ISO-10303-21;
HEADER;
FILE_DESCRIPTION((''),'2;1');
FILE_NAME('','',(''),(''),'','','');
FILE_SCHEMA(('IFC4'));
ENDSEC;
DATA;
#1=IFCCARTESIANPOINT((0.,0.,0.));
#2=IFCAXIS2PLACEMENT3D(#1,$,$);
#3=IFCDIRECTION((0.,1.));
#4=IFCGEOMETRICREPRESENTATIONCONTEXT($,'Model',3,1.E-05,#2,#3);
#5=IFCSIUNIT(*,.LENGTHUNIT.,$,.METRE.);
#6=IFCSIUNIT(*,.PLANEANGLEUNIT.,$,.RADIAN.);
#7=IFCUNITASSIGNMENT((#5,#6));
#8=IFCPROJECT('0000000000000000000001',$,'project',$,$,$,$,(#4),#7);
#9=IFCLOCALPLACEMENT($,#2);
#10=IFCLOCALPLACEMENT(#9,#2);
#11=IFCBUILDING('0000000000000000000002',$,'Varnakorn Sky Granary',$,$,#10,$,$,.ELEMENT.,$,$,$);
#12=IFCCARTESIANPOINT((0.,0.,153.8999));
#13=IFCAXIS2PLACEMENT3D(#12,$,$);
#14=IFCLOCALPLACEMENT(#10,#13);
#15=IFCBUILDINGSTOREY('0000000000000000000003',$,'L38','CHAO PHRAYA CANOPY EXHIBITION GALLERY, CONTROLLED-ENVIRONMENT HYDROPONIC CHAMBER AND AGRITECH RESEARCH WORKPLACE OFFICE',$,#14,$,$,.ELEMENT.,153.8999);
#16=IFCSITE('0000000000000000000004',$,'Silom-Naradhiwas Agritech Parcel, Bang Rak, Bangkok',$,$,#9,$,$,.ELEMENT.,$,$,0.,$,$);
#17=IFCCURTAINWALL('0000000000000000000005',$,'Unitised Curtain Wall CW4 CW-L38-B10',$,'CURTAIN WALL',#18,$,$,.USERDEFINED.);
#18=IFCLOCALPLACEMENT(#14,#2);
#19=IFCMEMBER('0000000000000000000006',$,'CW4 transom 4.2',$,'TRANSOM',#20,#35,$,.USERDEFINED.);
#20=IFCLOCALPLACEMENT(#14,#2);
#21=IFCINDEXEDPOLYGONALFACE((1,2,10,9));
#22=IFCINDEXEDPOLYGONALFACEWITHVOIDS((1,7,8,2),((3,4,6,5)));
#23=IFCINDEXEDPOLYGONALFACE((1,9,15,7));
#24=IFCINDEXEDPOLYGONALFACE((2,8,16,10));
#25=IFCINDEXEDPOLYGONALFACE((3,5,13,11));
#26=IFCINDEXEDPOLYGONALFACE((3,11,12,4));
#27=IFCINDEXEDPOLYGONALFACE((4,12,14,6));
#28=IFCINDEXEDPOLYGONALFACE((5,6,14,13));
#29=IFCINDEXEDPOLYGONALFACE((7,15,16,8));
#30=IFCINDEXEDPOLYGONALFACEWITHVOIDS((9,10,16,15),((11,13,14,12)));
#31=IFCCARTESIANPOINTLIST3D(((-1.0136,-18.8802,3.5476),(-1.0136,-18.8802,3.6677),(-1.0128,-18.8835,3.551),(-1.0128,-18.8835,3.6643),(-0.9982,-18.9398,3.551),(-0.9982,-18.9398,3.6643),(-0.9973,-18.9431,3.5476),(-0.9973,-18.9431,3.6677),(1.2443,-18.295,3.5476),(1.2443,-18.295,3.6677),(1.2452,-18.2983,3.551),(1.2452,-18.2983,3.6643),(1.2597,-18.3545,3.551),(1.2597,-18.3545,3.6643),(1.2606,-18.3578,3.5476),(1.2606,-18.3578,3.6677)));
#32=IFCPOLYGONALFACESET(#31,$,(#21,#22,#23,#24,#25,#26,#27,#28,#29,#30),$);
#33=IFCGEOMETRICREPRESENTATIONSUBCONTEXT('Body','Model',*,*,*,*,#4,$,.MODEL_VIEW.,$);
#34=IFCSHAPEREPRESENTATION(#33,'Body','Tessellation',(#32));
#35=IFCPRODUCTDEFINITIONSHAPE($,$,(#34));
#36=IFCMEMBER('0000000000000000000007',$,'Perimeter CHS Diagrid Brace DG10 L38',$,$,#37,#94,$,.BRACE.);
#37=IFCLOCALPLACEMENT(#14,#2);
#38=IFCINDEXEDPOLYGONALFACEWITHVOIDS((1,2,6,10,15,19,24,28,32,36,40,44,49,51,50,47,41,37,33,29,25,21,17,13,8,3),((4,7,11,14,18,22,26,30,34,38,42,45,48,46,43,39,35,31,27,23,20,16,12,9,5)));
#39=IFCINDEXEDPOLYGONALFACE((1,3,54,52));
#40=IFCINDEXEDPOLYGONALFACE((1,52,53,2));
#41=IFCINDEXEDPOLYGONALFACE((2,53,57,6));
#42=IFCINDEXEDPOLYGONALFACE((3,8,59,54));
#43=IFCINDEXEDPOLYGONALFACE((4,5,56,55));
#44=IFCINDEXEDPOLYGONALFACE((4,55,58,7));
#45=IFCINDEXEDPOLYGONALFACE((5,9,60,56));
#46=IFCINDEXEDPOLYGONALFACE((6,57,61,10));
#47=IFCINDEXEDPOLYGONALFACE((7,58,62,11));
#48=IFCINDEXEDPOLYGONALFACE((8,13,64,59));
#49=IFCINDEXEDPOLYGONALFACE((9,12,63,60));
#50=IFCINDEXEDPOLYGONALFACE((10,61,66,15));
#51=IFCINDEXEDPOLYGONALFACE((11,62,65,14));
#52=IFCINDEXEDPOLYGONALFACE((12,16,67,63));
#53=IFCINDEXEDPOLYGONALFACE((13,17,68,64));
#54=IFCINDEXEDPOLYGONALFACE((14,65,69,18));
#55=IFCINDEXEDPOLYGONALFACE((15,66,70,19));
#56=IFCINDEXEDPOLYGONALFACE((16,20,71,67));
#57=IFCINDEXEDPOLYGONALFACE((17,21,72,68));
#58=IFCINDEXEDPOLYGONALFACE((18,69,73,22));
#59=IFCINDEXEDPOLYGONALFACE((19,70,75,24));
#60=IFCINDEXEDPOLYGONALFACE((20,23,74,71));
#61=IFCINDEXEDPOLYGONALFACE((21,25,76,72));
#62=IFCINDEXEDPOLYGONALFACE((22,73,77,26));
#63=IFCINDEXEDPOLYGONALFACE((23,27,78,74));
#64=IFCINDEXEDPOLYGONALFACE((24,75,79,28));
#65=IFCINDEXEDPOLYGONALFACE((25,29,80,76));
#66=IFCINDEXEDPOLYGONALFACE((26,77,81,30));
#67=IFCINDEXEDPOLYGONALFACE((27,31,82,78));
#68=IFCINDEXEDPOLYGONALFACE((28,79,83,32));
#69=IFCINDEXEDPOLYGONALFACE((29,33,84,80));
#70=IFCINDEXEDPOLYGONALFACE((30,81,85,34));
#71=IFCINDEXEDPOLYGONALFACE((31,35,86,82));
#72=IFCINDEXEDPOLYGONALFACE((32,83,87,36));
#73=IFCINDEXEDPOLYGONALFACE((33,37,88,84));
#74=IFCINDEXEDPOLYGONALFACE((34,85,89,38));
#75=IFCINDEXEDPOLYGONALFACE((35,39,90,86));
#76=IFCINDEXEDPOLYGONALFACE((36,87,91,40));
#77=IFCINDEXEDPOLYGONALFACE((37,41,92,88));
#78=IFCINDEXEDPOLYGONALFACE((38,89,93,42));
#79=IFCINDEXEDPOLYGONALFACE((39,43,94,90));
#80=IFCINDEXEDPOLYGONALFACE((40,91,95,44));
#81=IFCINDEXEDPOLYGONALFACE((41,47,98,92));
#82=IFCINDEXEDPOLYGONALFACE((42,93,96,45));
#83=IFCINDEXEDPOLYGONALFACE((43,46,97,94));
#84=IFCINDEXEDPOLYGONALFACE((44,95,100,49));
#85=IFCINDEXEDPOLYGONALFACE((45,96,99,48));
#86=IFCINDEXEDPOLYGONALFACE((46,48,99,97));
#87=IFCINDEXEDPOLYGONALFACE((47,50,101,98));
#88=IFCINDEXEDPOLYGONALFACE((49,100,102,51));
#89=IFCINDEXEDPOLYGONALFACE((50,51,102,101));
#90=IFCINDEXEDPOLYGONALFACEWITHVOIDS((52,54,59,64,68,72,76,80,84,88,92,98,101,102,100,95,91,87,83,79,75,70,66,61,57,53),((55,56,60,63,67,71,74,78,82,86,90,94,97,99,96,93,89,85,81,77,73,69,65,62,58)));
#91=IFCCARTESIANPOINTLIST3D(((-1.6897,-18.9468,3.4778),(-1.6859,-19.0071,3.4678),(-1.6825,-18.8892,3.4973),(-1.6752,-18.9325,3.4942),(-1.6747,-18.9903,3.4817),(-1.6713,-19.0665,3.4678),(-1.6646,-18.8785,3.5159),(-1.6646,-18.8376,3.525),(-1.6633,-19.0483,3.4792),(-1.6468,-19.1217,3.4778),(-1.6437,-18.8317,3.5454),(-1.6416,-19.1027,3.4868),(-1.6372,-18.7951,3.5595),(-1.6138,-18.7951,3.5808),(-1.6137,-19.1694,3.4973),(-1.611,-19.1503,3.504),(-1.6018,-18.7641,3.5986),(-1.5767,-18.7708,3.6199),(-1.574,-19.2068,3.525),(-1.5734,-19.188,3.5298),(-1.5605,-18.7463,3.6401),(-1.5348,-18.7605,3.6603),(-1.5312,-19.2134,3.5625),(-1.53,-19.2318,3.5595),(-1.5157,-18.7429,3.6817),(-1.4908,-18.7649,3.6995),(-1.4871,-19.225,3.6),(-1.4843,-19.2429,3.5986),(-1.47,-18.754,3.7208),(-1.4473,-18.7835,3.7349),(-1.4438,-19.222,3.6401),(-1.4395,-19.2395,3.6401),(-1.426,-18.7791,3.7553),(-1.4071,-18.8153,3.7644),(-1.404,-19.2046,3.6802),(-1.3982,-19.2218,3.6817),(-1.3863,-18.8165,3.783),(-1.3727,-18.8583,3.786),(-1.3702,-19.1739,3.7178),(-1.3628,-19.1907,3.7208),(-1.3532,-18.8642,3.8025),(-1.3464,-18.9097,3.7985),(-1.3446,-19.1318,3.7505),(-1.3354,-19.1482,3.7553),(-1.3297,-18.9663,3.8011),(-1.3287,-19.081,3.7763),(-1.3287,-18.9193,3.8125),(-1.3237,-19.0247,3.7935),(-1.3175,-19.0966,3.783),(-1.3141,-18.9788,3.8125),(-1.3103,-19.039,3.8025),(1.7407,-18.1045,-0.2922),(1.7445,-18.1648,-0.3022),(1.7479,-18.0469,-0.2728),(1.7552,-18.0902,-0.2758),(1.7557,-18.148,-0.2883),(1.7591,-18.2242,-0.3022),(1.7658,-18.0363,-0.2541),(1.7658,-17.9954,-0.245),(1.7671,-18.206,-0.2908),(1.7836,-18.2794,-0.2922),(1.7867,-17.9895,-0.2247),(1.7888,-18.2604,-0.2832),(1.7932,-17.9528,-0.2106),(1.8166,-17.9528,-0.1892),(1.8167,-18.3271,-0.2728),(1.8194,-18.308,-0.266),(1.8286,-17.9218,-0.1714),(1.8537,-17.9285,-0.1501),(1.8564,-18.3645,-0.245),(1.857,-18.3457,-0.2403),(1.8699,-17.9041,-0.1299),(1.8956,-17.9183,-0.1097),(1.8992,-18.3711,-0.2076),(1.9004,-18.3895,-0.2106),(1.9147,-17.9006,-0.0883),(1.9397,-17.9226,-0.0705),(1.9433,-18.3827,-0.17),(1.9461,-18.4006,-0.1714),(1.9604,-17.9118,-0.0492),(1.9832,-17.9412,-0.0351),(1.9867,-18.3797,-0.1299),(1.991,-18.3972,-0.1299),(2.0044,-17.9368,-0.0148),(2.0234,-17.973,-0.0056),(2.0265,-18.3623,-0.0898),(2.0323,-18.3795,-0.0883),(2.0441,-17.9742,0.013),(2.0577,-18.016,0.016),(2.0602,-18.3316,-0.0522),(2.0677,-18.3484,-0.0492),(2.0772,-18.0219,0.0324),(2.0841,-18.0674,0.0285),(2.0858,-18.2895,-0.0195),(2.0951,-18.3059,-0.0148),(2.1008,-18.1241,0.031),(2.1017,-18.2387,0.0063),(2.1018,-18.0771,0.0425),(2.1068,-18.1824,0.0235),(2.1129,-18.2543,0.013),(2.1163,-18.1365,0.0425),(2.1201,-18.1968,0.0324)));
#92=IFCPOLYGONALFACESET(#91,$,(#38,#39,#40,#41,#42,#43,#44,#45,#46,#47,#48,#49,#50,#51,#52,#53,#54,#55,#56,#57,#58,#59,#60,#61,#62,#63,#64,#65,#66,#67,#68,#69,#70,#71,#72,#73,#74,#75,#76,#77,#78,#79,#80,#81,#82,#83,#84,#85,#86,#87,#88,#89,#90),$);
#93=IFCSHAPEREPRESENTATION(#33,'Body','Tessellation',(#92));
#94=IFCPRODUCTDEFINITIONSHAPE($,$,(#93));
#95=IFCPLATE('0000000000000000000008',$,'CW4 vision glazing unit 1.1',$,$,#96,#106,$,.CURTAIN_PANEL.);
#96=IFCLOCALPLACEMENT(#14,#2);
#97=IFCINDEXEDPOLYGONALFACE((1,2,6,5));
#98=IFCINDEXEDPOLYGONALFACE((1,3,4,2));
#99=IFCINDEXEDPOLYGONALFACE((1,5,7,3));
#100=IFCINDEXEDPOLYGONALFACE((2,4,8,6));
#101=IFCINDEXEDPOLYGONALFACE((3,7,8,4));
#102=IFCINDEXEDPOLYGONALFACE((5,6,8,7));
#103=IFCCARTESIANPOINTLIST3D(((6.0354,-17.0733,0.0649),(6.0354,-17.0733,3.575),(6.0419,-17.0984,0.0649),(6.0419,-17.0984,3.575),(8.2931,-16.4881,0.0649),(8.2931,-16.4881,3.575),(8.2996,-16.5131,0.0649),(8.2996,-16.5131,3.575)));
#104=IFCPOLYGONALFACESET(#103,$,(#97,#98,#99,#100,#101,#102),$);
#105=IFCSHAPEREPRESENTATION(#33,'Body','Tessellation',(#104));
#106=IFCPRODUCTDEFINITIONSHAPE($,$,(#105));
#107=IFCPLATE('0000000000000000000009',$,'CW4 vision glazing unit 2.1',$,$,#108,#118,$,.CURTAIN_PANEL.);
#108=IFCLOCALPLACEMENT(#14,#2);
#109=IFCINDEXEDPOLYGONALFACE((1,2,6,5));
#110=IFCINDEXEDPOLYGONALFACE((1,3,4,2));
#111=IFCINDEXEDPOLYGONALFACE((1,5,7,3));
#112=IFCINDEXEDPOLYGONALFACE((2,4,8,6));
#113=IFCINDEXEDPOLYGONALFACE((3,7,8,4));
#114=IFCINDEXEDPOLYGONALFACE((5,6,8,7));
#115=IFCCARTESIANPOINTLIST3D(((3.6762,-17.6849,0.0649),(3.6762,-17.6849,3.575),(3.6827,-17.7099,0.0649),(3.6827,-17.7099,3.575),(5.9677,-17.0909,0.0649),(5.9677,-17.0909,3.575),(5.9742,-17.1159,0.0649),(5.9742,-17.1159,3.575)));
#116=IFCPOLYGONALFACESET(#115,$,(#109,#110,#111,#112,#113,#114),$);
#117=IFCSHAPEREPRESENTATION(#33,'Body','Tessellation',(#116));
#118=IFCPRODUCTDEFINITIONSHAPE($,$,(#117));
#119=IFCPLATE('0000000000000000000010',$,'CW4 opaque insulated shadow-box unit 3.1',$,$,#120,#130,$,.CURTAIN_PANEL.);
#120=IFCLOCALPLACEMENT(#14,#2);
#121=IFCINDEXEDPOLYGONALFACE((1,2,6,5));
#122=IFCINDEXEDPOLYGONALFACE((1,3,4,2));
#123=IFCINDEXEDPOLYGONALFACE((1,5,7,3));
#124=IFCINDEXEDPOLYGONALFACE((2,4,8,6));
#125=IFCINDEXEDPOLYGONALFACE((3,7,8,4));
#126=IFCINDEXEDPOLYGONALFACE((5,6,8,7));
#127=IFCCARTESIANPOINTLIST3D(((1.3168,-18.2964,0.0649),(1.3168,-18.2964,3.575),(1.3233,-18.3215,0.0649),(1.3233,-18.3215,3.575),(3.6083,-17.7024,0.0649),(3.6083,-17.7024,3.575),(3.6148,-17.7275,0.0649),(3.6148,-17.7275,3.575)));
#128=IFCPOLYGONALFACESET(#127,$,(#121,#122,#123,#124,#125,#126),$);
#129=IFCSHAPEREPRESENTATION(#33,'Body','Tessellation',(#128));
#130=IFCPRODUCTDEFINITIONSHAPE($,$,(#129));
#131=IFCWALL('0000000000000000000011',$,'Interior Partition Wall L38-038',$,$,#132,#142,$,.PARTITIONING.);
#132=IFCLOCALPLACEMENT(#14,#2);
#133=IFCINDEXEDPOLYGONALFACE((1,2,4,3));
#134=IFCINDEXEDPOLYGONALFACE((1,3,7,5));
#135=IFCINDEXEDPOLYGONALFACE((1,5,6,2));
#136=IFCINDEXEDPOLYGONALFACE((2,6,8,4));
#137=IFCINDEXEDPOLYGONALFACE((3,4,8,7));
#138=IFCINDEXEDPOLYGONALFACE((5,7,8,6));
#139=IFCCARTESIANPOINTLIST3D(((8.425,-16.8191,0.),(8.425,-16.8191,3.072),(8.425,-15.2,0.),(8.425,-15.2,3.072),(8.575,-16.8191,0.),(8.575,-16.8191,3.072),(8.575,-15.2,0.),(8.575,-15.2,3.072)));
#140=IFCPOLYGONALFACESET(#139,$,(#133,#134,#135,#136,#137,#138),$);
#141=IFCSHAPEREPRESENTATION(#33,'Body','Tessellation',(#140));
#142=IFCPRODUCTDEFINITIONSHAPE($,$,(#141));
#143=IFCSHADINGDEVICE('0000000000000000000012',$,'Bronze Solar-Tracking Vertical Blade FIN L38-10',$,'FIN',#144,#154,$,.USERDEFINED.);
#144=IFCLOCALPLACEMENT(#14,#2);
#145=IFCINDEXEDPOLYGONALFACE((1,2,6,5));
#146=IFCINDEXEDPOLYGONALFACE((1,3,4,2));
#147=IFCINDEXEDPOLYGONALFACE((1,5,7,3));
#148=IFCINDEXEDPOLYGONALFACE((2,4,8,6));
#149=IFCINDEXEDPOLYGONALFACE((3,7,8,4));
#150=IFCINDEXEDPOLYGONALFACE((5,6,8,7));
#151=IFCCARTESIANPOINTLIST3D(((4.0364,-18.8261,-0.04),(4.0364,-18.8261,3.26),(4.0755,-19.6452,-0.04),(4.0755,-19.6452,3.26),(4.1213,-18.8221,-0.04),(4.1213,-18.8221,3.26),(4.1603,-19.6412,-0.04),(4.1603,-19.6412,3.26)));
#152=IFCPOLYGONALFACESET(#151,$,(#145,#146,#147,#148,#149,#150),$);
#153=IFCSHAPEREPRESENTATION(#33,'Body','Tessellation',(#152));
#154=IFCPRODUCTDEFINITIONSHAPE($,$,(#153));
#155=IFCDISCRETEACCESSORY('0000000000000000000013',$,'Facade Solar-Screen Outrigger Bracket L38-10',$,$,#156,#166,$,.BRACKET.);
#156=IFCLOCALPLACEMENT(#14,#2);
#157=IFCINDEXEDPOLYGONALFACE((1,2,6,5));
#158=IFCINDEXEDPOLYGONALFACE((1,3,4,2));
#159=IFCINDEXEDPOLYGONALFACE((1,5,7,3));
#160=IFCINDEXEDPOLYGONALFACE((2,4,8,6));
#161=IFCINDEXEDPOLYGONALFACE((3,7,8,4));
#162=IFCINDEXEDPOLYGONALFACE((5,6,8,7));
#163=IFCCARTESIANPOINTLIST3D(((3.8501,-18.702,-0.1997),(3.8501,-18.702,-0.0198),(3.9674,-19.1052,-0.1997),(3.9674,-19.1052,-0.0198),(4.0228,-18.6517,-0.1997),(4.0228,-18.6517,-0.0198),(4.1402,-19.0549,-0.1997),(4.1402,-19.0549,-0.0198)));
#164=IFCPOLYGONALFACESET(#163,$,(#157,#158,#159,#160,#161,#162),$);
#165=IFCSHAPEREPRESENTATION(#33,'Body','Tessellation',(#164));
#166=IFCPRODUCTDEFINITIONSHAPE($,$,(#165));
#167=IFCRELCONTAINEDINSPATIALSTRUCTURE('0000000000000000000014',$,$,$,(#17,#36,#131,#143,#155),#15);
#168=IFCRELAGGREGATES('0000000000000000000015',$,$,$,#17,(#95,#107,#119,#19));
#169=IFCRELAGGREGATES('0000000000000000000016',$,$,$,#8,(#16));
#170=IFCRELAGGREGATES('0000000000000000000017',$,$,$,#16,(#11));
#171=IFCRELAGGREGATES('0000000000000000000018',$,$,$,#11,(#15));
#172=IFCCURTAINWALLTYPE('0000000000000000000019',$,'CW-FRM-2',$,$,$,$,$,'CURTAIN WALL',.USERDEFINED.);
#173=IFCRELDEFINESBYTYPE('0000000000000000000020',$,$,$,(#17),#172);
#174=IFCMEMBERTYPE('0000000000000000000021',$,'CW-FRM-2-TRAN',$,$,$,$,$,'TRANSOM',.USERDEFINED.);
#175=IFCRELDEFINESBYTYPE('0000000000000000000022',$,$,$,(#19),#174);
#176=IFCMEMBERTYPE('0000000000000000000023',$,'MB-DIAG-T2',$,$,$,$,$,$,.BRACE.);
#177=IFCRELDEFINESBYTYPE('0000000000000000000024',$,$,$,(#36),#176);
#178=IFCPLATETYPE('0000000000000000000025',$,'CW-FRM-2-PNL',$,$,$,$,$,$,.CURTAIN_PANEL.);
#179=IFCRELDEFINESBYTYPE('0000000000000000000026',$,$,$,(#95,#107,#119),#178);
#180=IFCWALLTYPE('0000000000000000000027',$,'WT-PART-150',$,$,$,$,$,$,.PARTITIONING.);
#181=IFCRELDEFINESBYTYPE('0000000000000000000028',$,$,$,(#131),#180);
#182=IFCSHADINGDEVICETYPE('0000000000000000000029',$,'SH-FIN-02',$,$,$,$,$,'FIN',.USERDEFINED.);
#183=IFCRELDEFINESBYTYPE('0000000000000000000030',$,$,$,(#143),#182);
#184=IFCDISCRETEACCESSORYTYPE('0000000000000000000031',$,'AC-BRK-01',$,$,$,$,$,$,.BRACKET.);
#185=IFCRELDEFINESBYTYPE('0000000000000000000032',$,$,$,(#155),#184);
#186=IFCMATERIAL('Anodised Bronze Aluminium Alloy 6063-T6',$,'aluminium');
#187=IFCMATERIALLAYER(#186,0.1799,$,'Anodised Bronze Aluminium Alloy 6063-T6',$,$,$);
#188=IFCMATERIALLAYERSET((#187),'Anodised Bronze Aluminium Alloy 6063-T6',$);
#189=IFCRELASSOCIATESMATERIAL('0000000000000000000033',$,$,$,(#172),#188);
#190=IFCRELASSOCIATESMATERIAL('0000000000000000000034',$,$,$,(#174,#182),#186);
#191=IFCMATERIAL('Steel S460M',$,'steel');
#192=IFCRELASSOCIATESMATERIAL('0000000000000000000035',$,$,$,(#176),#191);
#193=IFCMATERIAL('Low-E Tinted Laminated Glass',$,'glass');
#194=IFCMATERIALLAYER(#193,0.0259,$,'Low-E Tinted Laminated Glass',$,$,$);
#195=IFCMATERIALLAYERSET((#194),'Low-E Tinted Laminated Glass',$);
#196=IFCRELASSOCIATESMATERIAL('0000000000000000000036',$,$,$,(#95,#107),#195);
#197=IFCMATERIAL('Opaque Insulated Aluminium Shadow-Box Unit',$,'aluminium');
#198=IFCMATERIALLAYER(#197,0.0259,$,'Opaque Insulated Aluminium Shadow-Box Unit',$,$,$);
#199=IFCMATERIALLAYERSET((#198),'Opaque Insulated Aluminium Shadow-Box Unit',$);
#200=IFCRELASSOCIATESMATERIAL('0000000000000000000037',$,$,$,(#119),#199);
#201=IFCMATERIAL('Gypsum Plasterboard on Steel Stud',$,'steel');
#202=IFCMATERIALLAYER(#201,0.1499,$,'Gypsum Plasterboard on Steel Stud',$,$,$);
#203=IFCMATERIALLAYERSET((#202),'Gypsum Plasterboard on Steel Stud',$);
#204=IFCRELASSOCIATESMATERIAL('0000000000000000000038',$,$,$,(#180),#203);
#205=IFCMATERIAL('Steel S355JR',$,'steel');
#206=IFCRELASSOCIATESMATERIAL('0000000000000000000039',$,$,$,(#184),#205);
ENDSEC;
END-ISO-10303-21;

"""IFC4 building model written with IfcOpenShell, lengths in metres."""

from ifc_helpers import new_model, si_unit, direction, frame, frame_2d, origin, origin_2d, place, context, subcontext, project, spatial, rectangle, hollow_rectangle, hollow_circle, extrude, source, transform, mapped, material, layer, layer_set, material_profile, profile_set, type_object, type_shapes, element, aggregate, save


model = new_model("IFC4")

# Units and contexts
model_context = context("Model", 3, precision=1e-05, world=origin(), true_north=direction((0.0, 1.0)))
body_context = subcontext(model_context, "Body", "Model", "MODEL_VIEW")
ifc_project = project(units=[si_unit("LENGTHUNIT", "METRE"), si_unit("PLANEANGLEUNIT", "RADIAN")], contexts=[model_context])

# Site, building, storey
site_placement = place(None, origin())
site = spatial("IfcSite", under=ifc_project, at=site_placement, Name="Silom-Naradhiwas Agritech Parcel, Bang Rak, Bangkok", CompositionType="ELEMENT", RefElevation=0.0)
building_placement = place(site_placement, origin())
building = spatial("IfcBuilding", under=site, at=building_placement, Name="Varnakorn Sky Granary", CompositionType="ELEMENT")
storey_placement = place(building_placement, frame((0.0, 0.0, 153.8999)))
storey = spatial("IfcBuildingStorey", under=building, at=storey_placement, Name="L38", Description="CHAO PHRAYA CANOPY EXHIBITION GALLERY, CONTROLLED-ENVIRONMENT HYDROPONIC CHAMBER AND AGRITECH RESEARCH WORKPLACE OFFICE", CompositionType="ELEMENT", Elevation=153.8999)

# Curtain wall, member
ifc_material_1 = material(Name="Anodised Bronze Aluminium Alloy 6063-T6", Category="aluminium")
ifc_layer_1 = layer(ifc_material_1, 0.1799, Name="Anodised Bronze Aluminium Alloy 6063-T6")
ifc_layer_set_1 = layer_set([ifc_layer_1], Name="Anodised Bronze Aluminium Alloy 6063-T6")
curtain_wall_type = type_object("IfcCurtainWallType", Name="CW-FRM-2", ElementType="CURTAIN WALL", PredefinedType="USERDEFINED", material=ifc_layer_set_1)
curtain_wall_placement = place(storey_placement, origin())
curtain_wall = element("IfcCurtainWall", 1, at=curtain_wall_placement, inside=storey, type_object=curtain_wall_type, Name="Unitised Curtain Wall CW4 CW-L38-B10", ObjectType="CURTAIN WALL", PredefinedType="USERDEFINED")
ifc_material_profile_1 = material_profile(ifc_material_1, hollow_rectangle(XDim=0.0649, YDim=0.1201, WallThickness=0.0034, at=origin_2d()), Name="ALU TRAN 65x120")
ifc_profile_set_1 = profile_set([ifc_material_profile_1], Name="Anodised Bronze Aluminium Alloy 6063-T6")
member_type_1 = type_object("IfcMemberType", Name="CW-FRM-2-TRAN", ElementType="TRANSOM", PredefinedType="USERDEFINED", material=ifc_profile_set_1)
member_1_placement = place(storey_placement, frame((1.2524, -18.3264, 3.6077), z_axis=(-0.968013, -0.2509, 0.0), x_axis=(0.2509, -0.968013, 0.0)))
member_1 = element("IfcMember", 2, at=member_1_placement, type_object=member_type_1, Name="CW4 transom 4.2", ObjectType="TRANSOM", PredefinedType="USERDEFINED", context=body_context, shape_type="SweptSolid", body=[
    extrude(hollow_rectangle(XDim=0.0649, YDim=0.1201, WallThickness=0.0034, at=origin_2d()), origin(), (0.0, 0.0, 1.0), 2.3325),
])

# Member
ifc_material_2 = material(Name="Steel S460M", Category="steel")
ifc_material_profile_2 = material_profile(ifc_material_2, hollow_circle(Radius=0.2539, WallThickness=0.0181, at=origin_2d()), Name="CHS 508x18")
ifc_profile_set_2 = profile_set([ifc_material_profile_2], Name="Steel S460M")
member_type_2 = type_object("IfcMemberType", Name="MB-DIAG-T2", PredefinedType="BRACE", material=ifc_profile_set_2)
member_2_placement = place(storey_placement, frame((1.9304, -18.1506, -0.1299), z_axis=(-0.664004, -0.163036, 0.729738), x_axis=(0.238452, -0.971154, 0.0)))
element("IfcMember", 3, at=member_2_placement, inside=storey, type_object=member_type_2, Name="Perimeter CHS Diagrid Brace DG10 L38", PredefinedType="BRACE", context=body_context, shape_type="SweptSolid", body=[
    extrude(hollow_circle(Radius=0.2539, WallThickness=0.0181, at=origin_2d()), origin(), (0.0, 0.0, 1.0), 5.1663),
])

# Plates
ifc_material_3 = material(Name="Low-E Tinted Laminated Glass", Category="glass")
ifc_layer_2 = layer(ifc_material_3, 0.0259, Name="Low-E Tinted Laminated Glass")
ifc_layer_set_2 = layer_set([ifc_layer_2], Name="Low-E Tinted Laminated Glass")
plate_type = type_object("IfcPlateType", Name="CW-FRM-2-PNL", PredefinedType="CURTAIN_PANEL")
shared_shape_1 = source(origin(), body_context, "Body", "SweptSolid", [
    extrude(rectangle(XDim=2.3323, YDim=0.0259, at=origin_2d()), origin(), (0.0, 0.0, 1.0), 3.51),
])
plate_1_placement = place(storey_placement, frame((7.1675, -16.7932, 0.0649), z_axis=(0.0, 0.0, 1.0), x_axis=(-0.968004, -0.250935, 0.0)))
plate_1 = element("IfcPlate", 4, at=plate_1_placement, type_object=plate_type, material=ifc_layer_set_2, Name="CW4 vision glazing unit 1.1", PredefinedType="CURTAIN_PANEL", context=body_context, shape_type="MappedRepresentation", body=[
    mapped(shared_shape_1, transform((0.0, 0.0, 0.0), x_axis=(1.0, 0.0, 0.0), y_axis=(0.0, 1.0, 0.0), z_axis=(0.0, 0.0, 1.0), scale=1.0)),
])
shared_shape_2 = source(origin(), body_context, "Body", "SweptSolid", [
    extrude(rectangle(XDim=2.3672, YDim=0.0259, at=origin_2d()), origin(), (0.0, 0.0, 1.0), 3.51),
])
type_shapes(plate_type, [shared_shape_1, shared_shape_2])
plate_2_placement = place(storey_placement, frame((4.8252, -17.4004, 0.0649), z_axis=(0.0, 0.0, 1.0), x_axis=(-0.968004, -0.250935, 0.0)))
plate_2 = element("IfcPlate", 5, at=plate_2_placement, type_object=plate_type, material=ifc_layer_set_2, Name="CW4 vision glazing unit 2.1", PredefinedType="CURTAIN_PANEL", context=body_context, shape_type="MappedRepresentation", body=[
    mapped(shared_shape_2, transform((0.0, 0.0, 0.0), x_axis=(1.0, 0.0, 0.0), y_axis=(0.0, 1.0, 0.0), z_axis=(0.0, 0.0, 1.0), scale=1.0)),
])
ifc_material_4 = material(Name="Opaque Insulated Aluminium Shadow-Box Unit", Category="aluminium")
ifc_layer_3 = layer(ifc_material_4, 0.0259, Name="Opaque Insulated Aluminium Shadow-Box Unit")
ifc_layer_set_3 = layer_set([ifc_layer_3], Name="Opaque Insulated Aluminium Shadow-Box Unit")
plate_3_placement = place(storey_placement, frame((2.4658, -18.012, 0.0649), z_axis=(0.0, 0.0, 1.0), x_axis=(-0.968004, -0.250935, 0.0)))
plate_3 = element("IfcPlate", 6, at=plate_3_placement, type_object=plate_type, material=ifc_layer_set_3, Name="CW4 opaque insulated shadow-box unit 3.1", PredefinedType="CURTAIN_PANEL", context=body_context, shape_type="MappedRepresentation", body=[
    mapped(shared_shape_2, transform((0.0, 0.0, 0.0), x_axis=(1.0, 0.0, 0.0), y_axis=(0.0, 1.0, 0.0), z_axis=(0.0, 0.0, 1.0), scale=1.0)),
])
aggregate(curtain_wall, [plate_1, plate_2, plate_3, member_1])

# Wall
ifc_material_5 = material(Name="Gypsum Plasterboard on Steel Stud", Category="steel")
ifc_layer_4 = layer(ifc_material_5, 0.1499, Name="Gypsum Plasterboard on Steel Stud")
ifc_layer_set_4 = layer_set([ifc_layer_4], Name="Gypsum Plasterboard on Steel Stud")
wall_type = type_object("IfcWallType", Name="WT-PART-150", PredefinedType="PARTITIONING", material=ifc_layer_set_4)
wall_placement = place(storey_placement, frame((8.5, -15.2, 0.0), z_axis=(0.0, 0.0, 1.0), x_axis=(0.0, -1.0, 0.0)))
element("IfcWall", 7, at=wall_placement, inside=storey, type_object=wall_type, Name="Interior Partition Wall L38-038", PredefinedType="PARTITIONING", context=body_context, shape_type="SweptSolid", body=[
    extrude(rectangle(XDim=1.6191, YDim=0.1499, at=frame_2d((0.8096, 0.0))), origin(), (0.0, 0.0, 1.0), 3.072),
])

# Shading device
shading_device_type = type_object("IfcShadingDeviceType", Name="SH-FIN-02", ElementType="FIN", PredefinedType="USERDEFINED", material=ifc_material_1)
shared_shape_3 = source(origin(), body_context, "Body", "SweptSolid", [
    extrude(rectangle(XDim=0.085, YDim=0.8201, at=origin_2d()), origin(), (0.0, 0.0, 1.0), 3.3),
])
type_shapes(shading_device_type, [shared_shape_3])
shading_device_placement = place(storey_placement, frame((4.0984, -19.2336, -0.04), z_axis=(0.0, 0.0, 1.0), x_axis=(0.998866, 0.04761, 0.0)))
element("IfcShadingDevice", 8, at=shading_device_placement, inside=storey, type_object=shading_device_type, Name="Bronze Solar-Tracking Vertical Blade FIN L38-10", ObjectType="FIN", PredefinedType="USERDEFINED", context=body_context, shape_type="MappedRepresentation", body=[
    mapped(shared_shape_3, transform((0.0, 0.0, 0.0), x_axis=(1.0, 0.0, 0.0), y_axis=(0.0, 1.0, 0.0), z_axis=(0.0, 0.0, 1.0), scale=1.0)),
])

# Discrete accessory
ifc_material_6 = material(Name="Steel S355JR", Category="steel")
discrete_accessory_type = type_object("IfcDiscreteAccessoryType", Name="AC-BRK-01", PredefinedType="BRACKET", material=ifc_material_6)
shared_shape_4 = source(origin(), body_context, "Body", "SweptSolid", [
    extrude(rectangle(XDim=0.1799, YDim=0.4199, at=origin_2d()), origin(), (0.0, 0.0, 1.0), 0.1799),
])
type_shapes(discrete_accessory_type, [shared_shape_4])
discrete_accessory_placement = place(storey_placement, frame((3.9951, -18.8784, -0.1997), z_axis=(0.0, 0.0, 1.0), x_axis=(0.960151, 0.279483, 0.0)))
element("IfcDiscreteAccessory", 9, at=discrete_accessory_placement, inside=storey, type_object=discrete_accessory_type, Name="Facade Solar-Screen Outrigger Bracket L38-10", PredefinedType="BRACKET", context=body_context, shape_type="MappedRepresentation", body=[
    mapped(shared_shape_4, transform((0.0, 0.0, 0.0), x_axis=(1.0, 0.0, 0.0), y_axis=(0.0, 1.0, 0.0), z_axis=(0.0, 0.0, 1.0), scale=1.0)),
])

save(model, "model.ifc")
